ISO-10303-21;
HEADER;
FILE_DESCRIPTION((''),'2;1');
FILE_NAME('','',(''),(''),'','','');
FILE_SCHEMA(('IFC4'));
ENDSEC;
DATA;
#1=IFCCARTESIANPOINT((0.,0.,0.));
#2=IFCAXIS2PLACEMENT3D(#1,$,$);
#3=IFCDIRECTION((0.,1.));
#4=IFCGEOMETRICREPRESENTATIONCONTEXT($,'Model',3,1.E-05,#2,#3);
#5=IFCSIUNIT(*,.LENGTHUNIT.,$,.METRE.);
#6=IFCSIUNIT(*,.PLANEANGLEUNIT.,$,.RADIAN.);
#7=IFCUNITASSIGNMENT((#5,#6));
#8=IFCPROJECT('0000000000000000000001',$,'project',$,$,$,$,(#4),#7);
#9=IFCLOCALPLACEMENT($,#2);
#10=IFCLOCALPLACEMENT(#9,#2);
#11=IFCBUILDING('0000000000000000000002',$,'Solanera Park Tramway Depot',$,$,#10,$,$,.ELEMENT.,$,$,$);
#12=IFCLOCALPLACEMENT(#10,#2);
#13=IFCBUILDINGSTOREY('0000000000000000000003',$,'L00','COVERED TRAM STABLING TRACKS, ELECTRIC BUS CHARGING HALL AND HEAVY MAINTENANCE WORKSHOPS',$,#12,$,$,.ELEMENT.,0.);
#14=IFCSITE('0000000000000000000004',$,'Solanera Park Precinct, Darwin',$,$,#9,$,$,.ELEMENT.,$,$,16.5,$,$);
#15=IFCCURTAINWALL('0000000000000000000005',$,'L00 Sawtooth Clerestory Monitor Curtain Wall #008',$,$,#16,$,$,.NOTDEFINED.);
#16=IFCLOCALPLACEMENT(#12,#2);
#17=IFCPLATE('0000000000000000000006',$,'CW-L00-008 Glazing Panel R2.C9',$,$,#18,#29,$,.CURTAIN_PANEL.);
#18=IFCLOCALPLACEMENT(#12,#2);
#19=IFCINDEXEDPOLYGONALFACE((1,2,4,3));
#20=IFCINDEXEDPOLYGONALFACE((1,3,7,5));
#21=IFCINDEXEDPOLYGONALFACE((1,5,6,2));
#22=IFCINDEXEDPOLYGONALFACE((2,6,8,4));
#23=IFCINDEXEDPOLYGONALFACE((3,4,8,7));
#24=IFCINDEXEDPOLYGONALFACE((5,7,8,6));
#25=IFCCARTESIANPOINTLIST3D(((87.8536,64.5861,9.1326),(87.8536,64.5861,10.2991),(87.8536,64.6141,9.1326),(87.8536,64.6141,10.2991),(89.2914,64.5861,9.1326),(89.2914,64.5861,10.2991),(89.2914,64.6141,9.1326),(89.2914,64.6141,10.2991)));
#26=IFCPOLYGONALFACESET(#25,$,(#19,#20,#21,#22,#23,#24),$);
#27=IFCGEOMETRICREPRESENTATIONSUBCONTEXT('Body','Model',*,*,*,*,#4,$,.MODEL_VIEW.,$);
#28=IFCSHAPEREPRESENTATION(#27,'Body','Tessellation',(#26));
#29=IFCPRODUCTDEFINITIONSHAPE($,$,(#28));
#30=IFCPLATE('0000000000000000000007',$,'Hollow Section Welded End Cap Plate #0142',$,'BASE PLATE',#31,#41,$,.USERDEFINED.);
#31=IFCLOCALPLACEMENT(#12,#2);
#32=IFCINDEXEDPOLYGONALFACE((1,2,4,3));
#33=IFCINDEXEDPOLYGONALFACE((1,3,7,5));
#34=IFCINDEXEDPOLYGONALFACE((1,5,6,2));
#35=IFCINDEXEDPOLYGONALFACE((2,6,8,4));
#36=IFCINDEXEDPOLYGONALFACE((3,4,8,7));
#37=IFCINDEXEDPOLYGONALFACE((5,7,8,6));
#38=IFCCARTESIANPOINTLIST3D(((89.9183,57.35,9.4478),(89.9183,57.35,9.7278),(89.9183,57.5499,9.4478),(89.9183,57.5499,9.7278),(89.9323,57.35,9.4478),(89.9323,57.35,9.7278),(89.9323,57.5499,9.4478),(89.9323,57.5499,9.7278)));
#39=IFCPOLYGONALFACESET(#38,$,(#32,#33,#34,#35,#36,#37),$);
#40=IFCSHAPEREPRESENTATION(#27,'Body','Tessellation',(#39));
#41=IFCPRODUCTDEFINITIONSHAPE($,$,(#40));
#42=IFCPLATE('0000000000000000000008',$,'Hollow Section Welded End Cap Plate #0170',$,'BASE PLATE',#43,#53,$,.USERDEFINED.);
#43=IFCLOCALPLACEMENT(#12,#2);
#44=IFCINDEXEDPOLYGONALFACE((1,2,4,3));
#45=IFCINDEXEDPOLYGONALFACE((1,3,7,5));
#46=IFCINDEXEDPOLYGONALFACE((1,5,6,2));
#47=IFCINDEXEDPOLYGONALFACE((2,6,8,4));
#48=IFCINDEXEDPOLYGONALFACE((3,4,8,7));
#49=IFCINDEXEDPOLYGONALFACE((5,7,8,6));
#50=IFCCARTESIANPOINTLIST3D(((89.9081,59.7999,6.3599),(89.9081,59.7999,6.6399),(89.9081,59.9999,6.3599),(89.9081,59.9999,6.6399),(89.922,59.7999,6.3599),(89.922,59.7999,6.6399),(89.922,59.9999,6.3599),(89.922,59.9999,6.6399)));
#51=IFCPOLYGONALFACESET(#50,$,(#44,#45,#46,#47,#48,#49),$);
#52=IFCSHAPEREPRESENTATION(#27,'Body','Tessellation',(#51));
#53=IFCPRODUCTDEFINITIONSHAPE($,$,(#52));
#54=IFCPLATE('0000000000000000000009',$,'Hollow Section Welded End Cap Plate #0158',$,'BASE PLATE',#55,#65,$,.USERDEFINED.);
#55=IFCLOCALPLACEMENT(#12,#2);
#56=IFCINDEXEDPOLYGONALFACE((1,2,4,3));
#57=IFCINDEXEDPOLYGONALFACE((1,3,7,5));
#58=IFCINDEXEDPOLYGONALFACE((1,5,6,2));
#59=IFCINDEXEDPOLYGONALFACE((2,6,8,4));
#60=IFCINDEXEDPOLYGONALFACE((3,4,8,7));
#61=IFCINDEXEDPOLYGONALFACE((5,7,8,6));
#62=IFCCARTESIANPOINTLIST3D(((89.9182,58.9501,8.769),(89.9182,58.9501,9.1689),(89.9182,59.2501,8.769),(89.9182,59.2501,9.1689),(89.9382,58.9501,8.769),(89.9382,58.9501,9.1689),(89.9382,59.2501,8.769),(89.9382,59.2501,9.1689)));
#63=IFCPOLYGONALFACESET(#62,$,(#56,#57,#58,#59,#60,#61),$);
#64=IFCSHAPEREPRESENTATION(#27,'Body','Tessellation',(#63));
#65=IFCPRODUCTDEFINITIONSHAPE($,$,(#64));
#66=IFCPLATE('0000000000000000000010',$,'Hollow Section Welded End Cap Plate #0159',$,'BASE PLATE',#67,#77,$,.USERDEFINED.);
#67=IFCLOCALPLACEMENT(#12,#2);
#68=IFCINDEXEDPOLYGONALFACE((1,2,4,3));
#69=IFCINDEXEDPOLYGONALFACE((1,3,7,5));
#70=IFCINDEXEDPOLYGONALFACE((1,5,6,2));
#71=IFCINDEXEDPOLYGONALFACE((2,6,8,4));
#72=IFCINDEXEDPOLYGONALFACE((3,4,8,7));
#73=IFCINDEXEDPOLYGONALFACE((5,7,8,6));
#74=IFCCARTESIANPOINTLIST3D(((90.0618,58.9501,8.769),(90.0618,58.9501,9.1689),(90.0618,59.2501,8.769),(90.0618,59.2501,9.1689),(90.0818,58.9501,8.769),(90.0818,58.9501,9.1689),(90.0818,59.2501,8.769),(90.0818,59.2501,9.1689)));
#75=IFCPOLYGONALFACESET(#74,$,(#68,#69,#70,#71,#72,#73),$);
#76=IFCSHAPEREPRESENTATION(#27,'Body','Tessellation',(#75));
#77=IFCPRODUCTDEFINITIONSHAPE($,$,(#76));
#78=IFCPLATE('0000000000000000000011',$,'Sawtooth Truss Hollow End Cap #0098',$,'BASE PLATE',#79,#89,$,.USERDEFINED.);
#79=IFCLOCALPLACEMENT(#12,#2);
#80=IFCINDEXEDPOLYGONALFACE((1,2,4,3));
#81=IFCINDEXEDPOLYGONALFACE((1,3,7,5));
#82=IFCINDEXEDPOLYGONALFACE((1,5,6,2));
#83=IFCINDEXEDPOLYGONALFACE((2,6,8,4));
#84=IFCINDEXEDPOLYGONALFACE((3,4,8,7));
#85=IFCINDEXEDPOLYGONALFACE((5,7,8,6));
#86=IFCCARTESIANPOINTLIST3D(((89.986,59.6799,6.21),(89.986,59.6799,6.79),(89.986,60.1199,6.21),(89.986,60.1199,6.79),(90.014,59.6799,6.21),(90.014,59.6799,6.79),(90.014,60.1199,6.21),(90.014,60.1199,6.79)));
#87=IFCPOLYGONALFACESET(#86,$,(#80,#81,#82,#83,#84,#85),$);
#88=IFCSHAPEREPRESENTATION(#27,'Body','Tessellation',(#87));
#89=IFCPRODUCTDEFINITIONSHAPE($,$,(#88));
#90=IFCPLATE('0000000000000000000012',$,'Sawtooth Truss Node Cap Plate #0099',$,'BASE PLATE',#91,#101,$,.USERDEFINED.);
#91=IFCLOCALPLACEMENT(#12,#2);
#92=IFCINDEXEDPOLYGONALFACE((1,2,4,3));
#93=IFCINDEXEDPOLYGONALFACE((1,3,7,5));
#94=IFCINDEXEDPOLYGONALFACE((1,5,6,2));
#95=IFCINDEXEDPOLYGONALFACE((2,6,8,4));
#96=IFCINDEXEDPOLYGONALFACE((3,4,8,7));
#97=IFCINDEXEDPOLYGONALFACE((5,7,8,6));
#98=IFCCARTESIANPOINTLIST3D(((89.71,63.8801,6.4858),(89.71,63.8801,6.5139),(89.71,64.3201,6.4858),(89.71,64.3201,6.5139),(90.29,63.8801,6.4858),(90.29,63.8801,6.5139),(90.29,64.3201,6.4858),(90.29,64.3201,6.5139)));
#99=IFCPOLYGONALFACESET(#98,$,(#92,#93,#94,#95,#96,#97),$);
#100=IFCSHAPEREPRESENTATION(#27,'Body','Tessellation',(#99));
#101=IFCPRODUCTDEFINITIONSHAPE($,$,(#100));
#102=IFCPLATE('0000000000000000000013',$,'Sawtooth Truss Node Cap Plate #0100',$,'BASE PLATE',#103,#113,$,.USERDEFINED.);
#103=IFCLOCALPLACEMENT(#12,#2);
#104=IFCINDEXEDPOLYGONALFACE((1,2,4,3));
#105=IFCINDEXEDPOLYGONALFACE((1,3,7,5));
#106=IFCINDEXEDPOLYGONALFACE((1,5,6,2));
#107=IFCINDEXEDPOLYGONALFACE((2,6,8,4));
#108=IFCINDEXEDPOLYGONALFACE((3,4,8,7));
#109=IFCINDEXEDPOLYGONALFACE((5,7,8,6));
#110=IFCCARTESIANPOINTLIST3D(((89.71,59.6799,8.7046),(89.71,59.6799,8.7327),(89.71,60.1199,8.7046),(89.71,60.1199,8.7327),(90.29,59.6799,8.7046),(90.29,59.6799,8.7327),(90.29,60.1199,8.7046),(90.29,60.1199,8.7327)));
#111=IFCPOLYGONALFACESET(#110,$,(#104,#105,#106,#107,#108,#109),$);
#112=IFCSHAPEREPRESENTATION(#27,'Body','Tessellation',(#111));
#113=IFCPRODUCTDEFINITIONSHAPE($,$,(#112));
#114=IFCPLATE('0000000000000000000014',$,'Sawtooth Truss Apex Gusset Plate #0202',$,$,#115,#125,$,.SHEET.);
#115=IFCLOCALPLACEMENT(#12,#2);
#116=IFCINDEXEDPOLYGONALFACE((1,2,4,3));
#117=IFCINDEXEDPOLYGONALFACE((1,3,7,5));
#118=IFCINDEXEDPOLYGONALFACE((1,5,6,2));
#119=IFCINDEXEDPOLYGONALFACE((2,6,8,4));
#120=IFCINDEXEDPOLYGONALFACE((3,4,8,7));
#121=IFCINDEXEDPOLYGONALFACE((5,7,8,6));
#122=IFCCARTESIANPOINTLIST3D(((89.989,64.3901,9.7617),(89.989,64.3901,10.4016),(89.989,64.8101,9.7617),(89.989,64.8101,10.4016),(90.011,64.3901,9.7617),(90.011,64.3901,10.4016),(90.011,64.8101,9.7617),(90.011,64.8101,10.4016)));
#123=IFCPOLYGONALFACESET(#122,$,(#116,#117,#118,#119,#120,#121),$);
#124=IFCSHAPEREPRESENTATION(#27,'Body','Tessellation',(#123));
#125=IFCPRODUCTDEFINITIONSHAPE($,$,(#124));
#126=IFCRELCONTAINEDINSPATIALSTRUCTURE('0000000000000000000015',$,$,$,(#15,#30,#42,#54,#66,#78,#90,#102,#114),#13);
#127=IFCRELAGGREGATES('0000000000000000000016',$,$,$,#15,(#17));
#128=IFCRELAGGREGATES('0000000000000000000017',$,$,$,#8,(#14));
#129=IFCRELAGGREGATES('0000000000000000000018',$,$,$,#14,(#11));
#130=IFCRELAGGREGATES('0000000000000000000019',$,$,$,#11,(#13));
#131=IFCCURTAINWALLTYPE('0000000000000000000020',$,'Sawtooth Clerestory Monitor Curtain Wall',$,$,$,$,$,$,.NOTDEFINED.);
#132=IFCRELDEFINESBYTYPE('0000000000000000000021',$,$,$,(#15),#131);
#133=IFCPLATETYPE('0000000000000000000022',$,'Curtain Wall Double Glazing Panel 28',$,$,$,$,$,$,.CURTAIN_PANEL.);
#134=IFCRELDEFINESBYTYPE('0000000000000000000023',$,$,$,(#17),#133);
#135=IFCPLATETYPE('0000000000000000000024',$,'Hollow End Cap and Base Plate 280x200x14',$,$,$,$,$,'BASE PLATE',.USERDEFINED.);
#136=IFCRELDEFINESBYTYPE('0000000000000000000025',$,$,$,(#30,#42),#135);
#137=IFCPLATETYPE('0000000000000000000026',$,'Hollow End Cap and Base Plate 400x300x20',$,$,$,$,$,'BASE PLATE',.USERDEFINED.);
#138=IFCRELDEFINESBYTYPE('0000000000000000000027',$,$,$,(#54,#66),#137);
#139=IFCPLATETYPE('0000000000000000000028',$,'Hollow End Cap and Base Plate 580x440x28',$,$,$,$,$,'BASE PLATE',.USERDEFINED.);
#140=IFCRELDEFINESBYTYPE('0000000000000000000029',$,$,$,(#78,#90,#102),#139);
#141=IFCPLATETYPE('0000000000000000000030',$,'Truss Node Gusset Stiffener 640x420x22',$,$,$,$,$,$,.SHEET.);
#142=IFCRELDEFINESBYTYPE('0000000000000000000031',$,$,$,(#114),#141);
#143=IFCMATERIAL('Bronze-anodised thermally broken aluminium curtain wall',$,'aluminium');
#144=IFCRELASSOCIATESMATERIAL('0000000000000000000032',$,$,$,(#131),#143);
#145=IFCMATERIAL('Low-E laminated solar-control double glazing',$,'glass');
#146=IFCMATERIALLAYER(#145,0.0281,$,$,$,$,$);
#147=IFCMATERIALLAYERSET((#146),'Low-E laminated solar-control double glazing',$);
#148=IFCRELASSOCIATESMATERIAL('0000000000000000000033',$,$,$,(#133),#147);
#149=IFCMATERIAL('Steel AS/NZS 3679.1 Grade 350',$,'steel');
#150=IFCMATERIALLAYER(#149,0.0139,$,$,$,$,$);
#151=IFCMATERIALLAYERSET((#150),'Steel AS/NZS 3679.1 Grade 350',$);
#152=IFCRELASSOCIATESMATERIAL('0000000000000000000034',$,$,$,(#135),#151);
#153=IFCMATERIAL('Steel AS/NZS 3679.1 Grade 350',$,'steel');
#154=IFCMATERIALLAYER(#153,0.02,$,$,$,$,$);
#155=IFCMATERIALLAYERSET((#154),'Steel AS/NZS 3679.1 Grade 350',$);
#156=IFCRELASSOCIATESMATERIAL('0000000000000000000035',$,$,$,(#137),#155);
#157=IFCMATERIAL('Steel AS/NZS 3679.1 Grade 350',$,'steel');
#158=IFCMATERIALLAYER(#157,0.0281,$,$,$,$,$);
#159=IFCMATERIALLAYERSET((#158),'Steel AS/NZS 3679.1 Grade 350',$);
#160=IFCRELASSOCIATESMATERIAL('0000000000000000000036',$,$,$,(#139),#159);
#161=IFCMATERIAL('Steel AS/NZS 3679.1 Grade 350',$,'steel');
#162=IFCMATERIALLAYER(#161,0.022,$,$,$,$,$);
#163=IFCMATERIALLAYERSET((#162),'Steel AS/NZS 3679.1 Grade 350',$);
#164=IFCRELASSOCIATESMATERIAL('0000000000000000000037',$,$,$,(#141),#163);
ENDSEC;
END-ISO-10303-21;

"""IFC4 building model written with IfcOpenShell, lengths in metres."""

from ifc_helpers import new_model, si_unit, direction, frame, origin, origin_2d, place, context, subcontext, project, spatial, rectangle, extrude, material, layer, layer_set, type_object, element, aggregate, save


model = new_model("IFC4")

# Units and contexts
model_context = context("Model", 3, precision=1e-05, world=origin(), true_north=direction((0.0, 1.0)))
body_context = subcontext(model_context, "Body", "Model", "MODEL_VIEW")
ifc_project = project(units=[si_unit("LENGTHUNIT", "METRE"), si_unit("PLANEANGLEUNIT", "RADIAN")], contexts=[model_context])

# Site, building, storey
site_placement = place(None, origin())
site = spatial("IfcSite", under=ifc_project, at=site_placement, Name="Solanera Park Precinct, Darwin", CompositionType="ELEMENT", RefElevation=16.5)
building_placement = place(site_placement, origin())
building = spatial("IfcBuilding", under=site, at=building_placement, Name="Solanera Park Tramway Depot", CompositionType="ELEMENT")
storey_placement = place(building_placement, origin())
storey = spatial("IfcBuildingStorey", under=building, at=storey_placement, Name="L00", Description="COVERED TRAM STABLING TRACKS, ELECTRIC BUS CHARGING HALL AND HEAVY MAINTENANCE WORKSHOPS", CompositionType="ELEMENT", Elevation=0.0)

# Curtain wall
ifc_material_1 = material(Name="Bronze-anodised thermally broken aluminium curtain wall", Category="aluminium")
curtain_wall_type = type_object("IfcCurtainWallType", Name="Sawtooth Clerestory Monitor Curtain Wall", PredefinedType="NOTDEFINED", material=ifc_material_1)
curtain_wall_placement = place(storey_placement, origin())
curtain_wall = element("IfcCurtainWall", 1, at=curtain_wall_placement, inside=storey, type_object=curtain_wall_type, Name="L00 Sawtooth Clerestory Monitor Curtain Wall #008", PredefinedType="NOTDEFINED")

# Plate
ifc_material_2 = material(Name="Low-E laminated solar-control double glazing", Category="glass")
ifc_layer_1 = layer(ifc_material_2, 0.0281)
ifc_layer_set_1 = layer_set([ifc_layer_1], Name="Low-E laminated solar-control double glazing")
plate_type_1 = type_object("IfcPlateType", Name="Curtain Wall Double Glazing Panel 28", PredefinedType="CURTAIN_PANEL", material=ifc_layer_set_1)
plate_1_placement = place(storey_placement, frame((88.5725, 64.6001, 9.1326), z_axis=(0.0, 0.0, 1.0), x_axis=(1.0, 0.0, 0.0)))
plate_1 = element("IfcPlate", 2, at=plate_1_placement, type_object=plate_type_1, Name="CW-L00-008 Glazing Panel R2.C9", PredefinedType="CURTAIN_PANEL", context=body_context, shape_type="SweptSolid", body=[
    extrude(rectangle(XDim=1.4377, YDim=0.0281, at=origin_2d()), origin(), (0.0, 0.0, 1.0), 1.1665),
])
aggregate(curtain_wall, [plate_1])

# Plates
ifc_material_3 = material(Name="Steel AS/NZS 3679.1 Grade 350", Category="steel")
ifc_layer_2 = layer(ifc_material_3, 0.0139)
ifc_layer_set_2 = layer_set([ifc_layer_2], Name="Steel AS/NZS 3679.1 Grade 350")
plate_type_2 = type_object("IfcPlateType", Name="Hollow End Cap and Base Plate 280x200x14", ElementType="BASE PLATE", PredefinedType="USERDEFINED", material=ifc_layer_set_2)
for number, where, z_axis, x_axis, name in (
    (3, (89.9253, 57.45, 9.4478), (0.0, 0.0, 1.0), (1.0, 0.0, 0.0), "Hollow Section Welded End Cap Plate #0142"),
    (4, (89.915, 59.8999, 6.3599), (0.0, 0.0, 1.0), (1.0, 0.0, 0.0), "Hollow Section Welded End Cap Plate #0170"),
):
    element("IfcPlate", number, at=place(storey_placement, frame(where, z_axis=z_axis, x_axis=x_axis)), inside=storey, type_object=plate_type_2, Name=name, ObjectType="BASE PLATE", PredefinedType="USERDEFINED", context=body_context, shape_type="SweptSolid", body=[
        extrude(rectangle(XDim=0.0139, YDim=0.2, at=origin_2d()), origin(), (0.0, 0.0, 1.0), 0.28),
    ])
ifc_material_4 = material(Name="Steel AS/NZS 3679.1 Grade 350", Category="steel")
ifc_layer_3 = layer(ifc_material_4, 0.02)
ifc_layer_set_3 = layer_set([ifc_layer_3], Name="Steel AS/NZS 3679.1 Grade 350")
plate_type_3 = type_object("IfcPlateType", Name="Hollow End Cap and Base Plate 400x300x20", ElementType="BASE PLATE", PredefinedType="USERDEFINED", material=ifc_layer_set_3)
for number, where, z_axis, x_axis, name in (
    (5, (89.9282, 59.1001, 8.769), (0.0, 0.0, 1.0), (1.0, 0.0, 0.0), "Hollow Section Welded End Cap Plate #0158"),
    (6, (90.0718, 59.1001, 8.769), (0.0, 0.0, 1.0), (1.0, 0.0, 0.0), "Hollow Section Welded End Cap Plate #0159"),
):
    element("IfcPlate", number, at=place(storey_placement, frame(where, z_axis=z_axis, x_axis=x_axis)), inside=storey, type_object=plate_type_3, Name=name, ObjectType="BASE PLATE", PredefinedType="USERDEFINED", context=body_context, shape_type="SweptSolid", body=[
        extrude(rectangle(XDim=0.02, YDim=0.3, at=origin_2d()), origin(), (0.0, 0.0, 1.0), 0.3999),
    ])
ifc_material_5 = material(Name="Steel AS/NZS 3679.1 Grade 350", Category="steel")
ifc_layer_4 = layer(ifc_material_5, 0.0281)
ifc_layer_set_4 = layer_set([ifc_layer_4], Name="Steel AS/NZS 3679.1 Grade 350")
plate_type_4 = type_object("IfcPlateType", Name="Hollow End Cap and Base Plate 580x440x28", ElementType="BASE PLATE", PredefinedType="USERDEFINED", material=ifc_layer_set_4)
plate_2_placement = place(storey_placement, frame((90.0, 59.8999, 6.21), z_axis=(0.0, 0.0, 1.0), x_axis=(1.0, 0.0, 0.0)))
element("IfcPlate", 7, at=plate_2_placement, inside=storey, type_object=plate_type_4, Name="Sawtooth Truss Hollow End Cap #0098", ObjectType="BASE PLATE", PredefinedType="USERDEFINED", context=body_context, shape_type="SweptSolid", body=[
    extrude(rectangle(XDim=0.0281, YDim=0.4399, at=origin_2d()), origin(), (0.0, 0.0, 1.0), 0.5801),
])
for number, where, z_axis, x_axis, name in (
    (8, (90.0, 64.1001, 6.4858), (0.0, 0.0, 1.0), (1.0, 0.0, 0.0), "Sawtooth Truss Node Cap Plate #0099"),
    (9, (90.0, 59.8999, 8.7046), (0.0, 0.0, 1.0), (1.0, 0.0, 0.0), "Sawtooth Truss Node Cap Plate #0100"),
):
    element("IfcPlate", number, at=place(storey_placement, frame(where, z_axis=z_axis, x_axis=x_axis)), inside=storey, type_object=plate_type_4, Name=name, ObjectType="BASE PLATE", PredefinedType="USERDEFINED", context=body_context, shape_type="SweptSolid", body=[
        extrude(rectangle(XDim=0.5801, YDim=0.4399, at=origin_2d()), origin(), (0.0, 0.0, 1.0), 0.0281),
    ])
ifc_material_6 = material(Name="Steel AS/NZS 3679.1 Grade 350", Category="steel")
ifc_layer_5 = layer(ifc_material_6, 0.022)
ifc_layer_set_5 = layer_set([ifc_layer_5], Name="Steel AS/NZS 3679.1 Grade 350")
plate_type_5 = type_object("IfcPlateType", Name="Truss Node Gusset Stiffener 640x420x22", PredefinedType="SHEET", material=ifc_layer_set_5)
plate_3_placement = place(storey_placement, frame((90.0, 64.6001, 9.7617), z_axis=(0.0, 0.0, 1.0), x_axis=(1.0, 0.0, 0.0)))
element("IfcPlate", 10, at=plate_3_placement, inside=storey, type_object=plate_type_5, Name="Sawtooth Truss Apex Gusset Plate #0202", PredefinedType="SHEET", context=body_context, shape_type="SweptSolid", body=[
    extrude(rectangle(XDim=0.022, YDim=0.4199, at=origin_2d()), origin(), (0.0, 0.0, 1.0), 0.6399),
])

save(model, "model.ifc")
